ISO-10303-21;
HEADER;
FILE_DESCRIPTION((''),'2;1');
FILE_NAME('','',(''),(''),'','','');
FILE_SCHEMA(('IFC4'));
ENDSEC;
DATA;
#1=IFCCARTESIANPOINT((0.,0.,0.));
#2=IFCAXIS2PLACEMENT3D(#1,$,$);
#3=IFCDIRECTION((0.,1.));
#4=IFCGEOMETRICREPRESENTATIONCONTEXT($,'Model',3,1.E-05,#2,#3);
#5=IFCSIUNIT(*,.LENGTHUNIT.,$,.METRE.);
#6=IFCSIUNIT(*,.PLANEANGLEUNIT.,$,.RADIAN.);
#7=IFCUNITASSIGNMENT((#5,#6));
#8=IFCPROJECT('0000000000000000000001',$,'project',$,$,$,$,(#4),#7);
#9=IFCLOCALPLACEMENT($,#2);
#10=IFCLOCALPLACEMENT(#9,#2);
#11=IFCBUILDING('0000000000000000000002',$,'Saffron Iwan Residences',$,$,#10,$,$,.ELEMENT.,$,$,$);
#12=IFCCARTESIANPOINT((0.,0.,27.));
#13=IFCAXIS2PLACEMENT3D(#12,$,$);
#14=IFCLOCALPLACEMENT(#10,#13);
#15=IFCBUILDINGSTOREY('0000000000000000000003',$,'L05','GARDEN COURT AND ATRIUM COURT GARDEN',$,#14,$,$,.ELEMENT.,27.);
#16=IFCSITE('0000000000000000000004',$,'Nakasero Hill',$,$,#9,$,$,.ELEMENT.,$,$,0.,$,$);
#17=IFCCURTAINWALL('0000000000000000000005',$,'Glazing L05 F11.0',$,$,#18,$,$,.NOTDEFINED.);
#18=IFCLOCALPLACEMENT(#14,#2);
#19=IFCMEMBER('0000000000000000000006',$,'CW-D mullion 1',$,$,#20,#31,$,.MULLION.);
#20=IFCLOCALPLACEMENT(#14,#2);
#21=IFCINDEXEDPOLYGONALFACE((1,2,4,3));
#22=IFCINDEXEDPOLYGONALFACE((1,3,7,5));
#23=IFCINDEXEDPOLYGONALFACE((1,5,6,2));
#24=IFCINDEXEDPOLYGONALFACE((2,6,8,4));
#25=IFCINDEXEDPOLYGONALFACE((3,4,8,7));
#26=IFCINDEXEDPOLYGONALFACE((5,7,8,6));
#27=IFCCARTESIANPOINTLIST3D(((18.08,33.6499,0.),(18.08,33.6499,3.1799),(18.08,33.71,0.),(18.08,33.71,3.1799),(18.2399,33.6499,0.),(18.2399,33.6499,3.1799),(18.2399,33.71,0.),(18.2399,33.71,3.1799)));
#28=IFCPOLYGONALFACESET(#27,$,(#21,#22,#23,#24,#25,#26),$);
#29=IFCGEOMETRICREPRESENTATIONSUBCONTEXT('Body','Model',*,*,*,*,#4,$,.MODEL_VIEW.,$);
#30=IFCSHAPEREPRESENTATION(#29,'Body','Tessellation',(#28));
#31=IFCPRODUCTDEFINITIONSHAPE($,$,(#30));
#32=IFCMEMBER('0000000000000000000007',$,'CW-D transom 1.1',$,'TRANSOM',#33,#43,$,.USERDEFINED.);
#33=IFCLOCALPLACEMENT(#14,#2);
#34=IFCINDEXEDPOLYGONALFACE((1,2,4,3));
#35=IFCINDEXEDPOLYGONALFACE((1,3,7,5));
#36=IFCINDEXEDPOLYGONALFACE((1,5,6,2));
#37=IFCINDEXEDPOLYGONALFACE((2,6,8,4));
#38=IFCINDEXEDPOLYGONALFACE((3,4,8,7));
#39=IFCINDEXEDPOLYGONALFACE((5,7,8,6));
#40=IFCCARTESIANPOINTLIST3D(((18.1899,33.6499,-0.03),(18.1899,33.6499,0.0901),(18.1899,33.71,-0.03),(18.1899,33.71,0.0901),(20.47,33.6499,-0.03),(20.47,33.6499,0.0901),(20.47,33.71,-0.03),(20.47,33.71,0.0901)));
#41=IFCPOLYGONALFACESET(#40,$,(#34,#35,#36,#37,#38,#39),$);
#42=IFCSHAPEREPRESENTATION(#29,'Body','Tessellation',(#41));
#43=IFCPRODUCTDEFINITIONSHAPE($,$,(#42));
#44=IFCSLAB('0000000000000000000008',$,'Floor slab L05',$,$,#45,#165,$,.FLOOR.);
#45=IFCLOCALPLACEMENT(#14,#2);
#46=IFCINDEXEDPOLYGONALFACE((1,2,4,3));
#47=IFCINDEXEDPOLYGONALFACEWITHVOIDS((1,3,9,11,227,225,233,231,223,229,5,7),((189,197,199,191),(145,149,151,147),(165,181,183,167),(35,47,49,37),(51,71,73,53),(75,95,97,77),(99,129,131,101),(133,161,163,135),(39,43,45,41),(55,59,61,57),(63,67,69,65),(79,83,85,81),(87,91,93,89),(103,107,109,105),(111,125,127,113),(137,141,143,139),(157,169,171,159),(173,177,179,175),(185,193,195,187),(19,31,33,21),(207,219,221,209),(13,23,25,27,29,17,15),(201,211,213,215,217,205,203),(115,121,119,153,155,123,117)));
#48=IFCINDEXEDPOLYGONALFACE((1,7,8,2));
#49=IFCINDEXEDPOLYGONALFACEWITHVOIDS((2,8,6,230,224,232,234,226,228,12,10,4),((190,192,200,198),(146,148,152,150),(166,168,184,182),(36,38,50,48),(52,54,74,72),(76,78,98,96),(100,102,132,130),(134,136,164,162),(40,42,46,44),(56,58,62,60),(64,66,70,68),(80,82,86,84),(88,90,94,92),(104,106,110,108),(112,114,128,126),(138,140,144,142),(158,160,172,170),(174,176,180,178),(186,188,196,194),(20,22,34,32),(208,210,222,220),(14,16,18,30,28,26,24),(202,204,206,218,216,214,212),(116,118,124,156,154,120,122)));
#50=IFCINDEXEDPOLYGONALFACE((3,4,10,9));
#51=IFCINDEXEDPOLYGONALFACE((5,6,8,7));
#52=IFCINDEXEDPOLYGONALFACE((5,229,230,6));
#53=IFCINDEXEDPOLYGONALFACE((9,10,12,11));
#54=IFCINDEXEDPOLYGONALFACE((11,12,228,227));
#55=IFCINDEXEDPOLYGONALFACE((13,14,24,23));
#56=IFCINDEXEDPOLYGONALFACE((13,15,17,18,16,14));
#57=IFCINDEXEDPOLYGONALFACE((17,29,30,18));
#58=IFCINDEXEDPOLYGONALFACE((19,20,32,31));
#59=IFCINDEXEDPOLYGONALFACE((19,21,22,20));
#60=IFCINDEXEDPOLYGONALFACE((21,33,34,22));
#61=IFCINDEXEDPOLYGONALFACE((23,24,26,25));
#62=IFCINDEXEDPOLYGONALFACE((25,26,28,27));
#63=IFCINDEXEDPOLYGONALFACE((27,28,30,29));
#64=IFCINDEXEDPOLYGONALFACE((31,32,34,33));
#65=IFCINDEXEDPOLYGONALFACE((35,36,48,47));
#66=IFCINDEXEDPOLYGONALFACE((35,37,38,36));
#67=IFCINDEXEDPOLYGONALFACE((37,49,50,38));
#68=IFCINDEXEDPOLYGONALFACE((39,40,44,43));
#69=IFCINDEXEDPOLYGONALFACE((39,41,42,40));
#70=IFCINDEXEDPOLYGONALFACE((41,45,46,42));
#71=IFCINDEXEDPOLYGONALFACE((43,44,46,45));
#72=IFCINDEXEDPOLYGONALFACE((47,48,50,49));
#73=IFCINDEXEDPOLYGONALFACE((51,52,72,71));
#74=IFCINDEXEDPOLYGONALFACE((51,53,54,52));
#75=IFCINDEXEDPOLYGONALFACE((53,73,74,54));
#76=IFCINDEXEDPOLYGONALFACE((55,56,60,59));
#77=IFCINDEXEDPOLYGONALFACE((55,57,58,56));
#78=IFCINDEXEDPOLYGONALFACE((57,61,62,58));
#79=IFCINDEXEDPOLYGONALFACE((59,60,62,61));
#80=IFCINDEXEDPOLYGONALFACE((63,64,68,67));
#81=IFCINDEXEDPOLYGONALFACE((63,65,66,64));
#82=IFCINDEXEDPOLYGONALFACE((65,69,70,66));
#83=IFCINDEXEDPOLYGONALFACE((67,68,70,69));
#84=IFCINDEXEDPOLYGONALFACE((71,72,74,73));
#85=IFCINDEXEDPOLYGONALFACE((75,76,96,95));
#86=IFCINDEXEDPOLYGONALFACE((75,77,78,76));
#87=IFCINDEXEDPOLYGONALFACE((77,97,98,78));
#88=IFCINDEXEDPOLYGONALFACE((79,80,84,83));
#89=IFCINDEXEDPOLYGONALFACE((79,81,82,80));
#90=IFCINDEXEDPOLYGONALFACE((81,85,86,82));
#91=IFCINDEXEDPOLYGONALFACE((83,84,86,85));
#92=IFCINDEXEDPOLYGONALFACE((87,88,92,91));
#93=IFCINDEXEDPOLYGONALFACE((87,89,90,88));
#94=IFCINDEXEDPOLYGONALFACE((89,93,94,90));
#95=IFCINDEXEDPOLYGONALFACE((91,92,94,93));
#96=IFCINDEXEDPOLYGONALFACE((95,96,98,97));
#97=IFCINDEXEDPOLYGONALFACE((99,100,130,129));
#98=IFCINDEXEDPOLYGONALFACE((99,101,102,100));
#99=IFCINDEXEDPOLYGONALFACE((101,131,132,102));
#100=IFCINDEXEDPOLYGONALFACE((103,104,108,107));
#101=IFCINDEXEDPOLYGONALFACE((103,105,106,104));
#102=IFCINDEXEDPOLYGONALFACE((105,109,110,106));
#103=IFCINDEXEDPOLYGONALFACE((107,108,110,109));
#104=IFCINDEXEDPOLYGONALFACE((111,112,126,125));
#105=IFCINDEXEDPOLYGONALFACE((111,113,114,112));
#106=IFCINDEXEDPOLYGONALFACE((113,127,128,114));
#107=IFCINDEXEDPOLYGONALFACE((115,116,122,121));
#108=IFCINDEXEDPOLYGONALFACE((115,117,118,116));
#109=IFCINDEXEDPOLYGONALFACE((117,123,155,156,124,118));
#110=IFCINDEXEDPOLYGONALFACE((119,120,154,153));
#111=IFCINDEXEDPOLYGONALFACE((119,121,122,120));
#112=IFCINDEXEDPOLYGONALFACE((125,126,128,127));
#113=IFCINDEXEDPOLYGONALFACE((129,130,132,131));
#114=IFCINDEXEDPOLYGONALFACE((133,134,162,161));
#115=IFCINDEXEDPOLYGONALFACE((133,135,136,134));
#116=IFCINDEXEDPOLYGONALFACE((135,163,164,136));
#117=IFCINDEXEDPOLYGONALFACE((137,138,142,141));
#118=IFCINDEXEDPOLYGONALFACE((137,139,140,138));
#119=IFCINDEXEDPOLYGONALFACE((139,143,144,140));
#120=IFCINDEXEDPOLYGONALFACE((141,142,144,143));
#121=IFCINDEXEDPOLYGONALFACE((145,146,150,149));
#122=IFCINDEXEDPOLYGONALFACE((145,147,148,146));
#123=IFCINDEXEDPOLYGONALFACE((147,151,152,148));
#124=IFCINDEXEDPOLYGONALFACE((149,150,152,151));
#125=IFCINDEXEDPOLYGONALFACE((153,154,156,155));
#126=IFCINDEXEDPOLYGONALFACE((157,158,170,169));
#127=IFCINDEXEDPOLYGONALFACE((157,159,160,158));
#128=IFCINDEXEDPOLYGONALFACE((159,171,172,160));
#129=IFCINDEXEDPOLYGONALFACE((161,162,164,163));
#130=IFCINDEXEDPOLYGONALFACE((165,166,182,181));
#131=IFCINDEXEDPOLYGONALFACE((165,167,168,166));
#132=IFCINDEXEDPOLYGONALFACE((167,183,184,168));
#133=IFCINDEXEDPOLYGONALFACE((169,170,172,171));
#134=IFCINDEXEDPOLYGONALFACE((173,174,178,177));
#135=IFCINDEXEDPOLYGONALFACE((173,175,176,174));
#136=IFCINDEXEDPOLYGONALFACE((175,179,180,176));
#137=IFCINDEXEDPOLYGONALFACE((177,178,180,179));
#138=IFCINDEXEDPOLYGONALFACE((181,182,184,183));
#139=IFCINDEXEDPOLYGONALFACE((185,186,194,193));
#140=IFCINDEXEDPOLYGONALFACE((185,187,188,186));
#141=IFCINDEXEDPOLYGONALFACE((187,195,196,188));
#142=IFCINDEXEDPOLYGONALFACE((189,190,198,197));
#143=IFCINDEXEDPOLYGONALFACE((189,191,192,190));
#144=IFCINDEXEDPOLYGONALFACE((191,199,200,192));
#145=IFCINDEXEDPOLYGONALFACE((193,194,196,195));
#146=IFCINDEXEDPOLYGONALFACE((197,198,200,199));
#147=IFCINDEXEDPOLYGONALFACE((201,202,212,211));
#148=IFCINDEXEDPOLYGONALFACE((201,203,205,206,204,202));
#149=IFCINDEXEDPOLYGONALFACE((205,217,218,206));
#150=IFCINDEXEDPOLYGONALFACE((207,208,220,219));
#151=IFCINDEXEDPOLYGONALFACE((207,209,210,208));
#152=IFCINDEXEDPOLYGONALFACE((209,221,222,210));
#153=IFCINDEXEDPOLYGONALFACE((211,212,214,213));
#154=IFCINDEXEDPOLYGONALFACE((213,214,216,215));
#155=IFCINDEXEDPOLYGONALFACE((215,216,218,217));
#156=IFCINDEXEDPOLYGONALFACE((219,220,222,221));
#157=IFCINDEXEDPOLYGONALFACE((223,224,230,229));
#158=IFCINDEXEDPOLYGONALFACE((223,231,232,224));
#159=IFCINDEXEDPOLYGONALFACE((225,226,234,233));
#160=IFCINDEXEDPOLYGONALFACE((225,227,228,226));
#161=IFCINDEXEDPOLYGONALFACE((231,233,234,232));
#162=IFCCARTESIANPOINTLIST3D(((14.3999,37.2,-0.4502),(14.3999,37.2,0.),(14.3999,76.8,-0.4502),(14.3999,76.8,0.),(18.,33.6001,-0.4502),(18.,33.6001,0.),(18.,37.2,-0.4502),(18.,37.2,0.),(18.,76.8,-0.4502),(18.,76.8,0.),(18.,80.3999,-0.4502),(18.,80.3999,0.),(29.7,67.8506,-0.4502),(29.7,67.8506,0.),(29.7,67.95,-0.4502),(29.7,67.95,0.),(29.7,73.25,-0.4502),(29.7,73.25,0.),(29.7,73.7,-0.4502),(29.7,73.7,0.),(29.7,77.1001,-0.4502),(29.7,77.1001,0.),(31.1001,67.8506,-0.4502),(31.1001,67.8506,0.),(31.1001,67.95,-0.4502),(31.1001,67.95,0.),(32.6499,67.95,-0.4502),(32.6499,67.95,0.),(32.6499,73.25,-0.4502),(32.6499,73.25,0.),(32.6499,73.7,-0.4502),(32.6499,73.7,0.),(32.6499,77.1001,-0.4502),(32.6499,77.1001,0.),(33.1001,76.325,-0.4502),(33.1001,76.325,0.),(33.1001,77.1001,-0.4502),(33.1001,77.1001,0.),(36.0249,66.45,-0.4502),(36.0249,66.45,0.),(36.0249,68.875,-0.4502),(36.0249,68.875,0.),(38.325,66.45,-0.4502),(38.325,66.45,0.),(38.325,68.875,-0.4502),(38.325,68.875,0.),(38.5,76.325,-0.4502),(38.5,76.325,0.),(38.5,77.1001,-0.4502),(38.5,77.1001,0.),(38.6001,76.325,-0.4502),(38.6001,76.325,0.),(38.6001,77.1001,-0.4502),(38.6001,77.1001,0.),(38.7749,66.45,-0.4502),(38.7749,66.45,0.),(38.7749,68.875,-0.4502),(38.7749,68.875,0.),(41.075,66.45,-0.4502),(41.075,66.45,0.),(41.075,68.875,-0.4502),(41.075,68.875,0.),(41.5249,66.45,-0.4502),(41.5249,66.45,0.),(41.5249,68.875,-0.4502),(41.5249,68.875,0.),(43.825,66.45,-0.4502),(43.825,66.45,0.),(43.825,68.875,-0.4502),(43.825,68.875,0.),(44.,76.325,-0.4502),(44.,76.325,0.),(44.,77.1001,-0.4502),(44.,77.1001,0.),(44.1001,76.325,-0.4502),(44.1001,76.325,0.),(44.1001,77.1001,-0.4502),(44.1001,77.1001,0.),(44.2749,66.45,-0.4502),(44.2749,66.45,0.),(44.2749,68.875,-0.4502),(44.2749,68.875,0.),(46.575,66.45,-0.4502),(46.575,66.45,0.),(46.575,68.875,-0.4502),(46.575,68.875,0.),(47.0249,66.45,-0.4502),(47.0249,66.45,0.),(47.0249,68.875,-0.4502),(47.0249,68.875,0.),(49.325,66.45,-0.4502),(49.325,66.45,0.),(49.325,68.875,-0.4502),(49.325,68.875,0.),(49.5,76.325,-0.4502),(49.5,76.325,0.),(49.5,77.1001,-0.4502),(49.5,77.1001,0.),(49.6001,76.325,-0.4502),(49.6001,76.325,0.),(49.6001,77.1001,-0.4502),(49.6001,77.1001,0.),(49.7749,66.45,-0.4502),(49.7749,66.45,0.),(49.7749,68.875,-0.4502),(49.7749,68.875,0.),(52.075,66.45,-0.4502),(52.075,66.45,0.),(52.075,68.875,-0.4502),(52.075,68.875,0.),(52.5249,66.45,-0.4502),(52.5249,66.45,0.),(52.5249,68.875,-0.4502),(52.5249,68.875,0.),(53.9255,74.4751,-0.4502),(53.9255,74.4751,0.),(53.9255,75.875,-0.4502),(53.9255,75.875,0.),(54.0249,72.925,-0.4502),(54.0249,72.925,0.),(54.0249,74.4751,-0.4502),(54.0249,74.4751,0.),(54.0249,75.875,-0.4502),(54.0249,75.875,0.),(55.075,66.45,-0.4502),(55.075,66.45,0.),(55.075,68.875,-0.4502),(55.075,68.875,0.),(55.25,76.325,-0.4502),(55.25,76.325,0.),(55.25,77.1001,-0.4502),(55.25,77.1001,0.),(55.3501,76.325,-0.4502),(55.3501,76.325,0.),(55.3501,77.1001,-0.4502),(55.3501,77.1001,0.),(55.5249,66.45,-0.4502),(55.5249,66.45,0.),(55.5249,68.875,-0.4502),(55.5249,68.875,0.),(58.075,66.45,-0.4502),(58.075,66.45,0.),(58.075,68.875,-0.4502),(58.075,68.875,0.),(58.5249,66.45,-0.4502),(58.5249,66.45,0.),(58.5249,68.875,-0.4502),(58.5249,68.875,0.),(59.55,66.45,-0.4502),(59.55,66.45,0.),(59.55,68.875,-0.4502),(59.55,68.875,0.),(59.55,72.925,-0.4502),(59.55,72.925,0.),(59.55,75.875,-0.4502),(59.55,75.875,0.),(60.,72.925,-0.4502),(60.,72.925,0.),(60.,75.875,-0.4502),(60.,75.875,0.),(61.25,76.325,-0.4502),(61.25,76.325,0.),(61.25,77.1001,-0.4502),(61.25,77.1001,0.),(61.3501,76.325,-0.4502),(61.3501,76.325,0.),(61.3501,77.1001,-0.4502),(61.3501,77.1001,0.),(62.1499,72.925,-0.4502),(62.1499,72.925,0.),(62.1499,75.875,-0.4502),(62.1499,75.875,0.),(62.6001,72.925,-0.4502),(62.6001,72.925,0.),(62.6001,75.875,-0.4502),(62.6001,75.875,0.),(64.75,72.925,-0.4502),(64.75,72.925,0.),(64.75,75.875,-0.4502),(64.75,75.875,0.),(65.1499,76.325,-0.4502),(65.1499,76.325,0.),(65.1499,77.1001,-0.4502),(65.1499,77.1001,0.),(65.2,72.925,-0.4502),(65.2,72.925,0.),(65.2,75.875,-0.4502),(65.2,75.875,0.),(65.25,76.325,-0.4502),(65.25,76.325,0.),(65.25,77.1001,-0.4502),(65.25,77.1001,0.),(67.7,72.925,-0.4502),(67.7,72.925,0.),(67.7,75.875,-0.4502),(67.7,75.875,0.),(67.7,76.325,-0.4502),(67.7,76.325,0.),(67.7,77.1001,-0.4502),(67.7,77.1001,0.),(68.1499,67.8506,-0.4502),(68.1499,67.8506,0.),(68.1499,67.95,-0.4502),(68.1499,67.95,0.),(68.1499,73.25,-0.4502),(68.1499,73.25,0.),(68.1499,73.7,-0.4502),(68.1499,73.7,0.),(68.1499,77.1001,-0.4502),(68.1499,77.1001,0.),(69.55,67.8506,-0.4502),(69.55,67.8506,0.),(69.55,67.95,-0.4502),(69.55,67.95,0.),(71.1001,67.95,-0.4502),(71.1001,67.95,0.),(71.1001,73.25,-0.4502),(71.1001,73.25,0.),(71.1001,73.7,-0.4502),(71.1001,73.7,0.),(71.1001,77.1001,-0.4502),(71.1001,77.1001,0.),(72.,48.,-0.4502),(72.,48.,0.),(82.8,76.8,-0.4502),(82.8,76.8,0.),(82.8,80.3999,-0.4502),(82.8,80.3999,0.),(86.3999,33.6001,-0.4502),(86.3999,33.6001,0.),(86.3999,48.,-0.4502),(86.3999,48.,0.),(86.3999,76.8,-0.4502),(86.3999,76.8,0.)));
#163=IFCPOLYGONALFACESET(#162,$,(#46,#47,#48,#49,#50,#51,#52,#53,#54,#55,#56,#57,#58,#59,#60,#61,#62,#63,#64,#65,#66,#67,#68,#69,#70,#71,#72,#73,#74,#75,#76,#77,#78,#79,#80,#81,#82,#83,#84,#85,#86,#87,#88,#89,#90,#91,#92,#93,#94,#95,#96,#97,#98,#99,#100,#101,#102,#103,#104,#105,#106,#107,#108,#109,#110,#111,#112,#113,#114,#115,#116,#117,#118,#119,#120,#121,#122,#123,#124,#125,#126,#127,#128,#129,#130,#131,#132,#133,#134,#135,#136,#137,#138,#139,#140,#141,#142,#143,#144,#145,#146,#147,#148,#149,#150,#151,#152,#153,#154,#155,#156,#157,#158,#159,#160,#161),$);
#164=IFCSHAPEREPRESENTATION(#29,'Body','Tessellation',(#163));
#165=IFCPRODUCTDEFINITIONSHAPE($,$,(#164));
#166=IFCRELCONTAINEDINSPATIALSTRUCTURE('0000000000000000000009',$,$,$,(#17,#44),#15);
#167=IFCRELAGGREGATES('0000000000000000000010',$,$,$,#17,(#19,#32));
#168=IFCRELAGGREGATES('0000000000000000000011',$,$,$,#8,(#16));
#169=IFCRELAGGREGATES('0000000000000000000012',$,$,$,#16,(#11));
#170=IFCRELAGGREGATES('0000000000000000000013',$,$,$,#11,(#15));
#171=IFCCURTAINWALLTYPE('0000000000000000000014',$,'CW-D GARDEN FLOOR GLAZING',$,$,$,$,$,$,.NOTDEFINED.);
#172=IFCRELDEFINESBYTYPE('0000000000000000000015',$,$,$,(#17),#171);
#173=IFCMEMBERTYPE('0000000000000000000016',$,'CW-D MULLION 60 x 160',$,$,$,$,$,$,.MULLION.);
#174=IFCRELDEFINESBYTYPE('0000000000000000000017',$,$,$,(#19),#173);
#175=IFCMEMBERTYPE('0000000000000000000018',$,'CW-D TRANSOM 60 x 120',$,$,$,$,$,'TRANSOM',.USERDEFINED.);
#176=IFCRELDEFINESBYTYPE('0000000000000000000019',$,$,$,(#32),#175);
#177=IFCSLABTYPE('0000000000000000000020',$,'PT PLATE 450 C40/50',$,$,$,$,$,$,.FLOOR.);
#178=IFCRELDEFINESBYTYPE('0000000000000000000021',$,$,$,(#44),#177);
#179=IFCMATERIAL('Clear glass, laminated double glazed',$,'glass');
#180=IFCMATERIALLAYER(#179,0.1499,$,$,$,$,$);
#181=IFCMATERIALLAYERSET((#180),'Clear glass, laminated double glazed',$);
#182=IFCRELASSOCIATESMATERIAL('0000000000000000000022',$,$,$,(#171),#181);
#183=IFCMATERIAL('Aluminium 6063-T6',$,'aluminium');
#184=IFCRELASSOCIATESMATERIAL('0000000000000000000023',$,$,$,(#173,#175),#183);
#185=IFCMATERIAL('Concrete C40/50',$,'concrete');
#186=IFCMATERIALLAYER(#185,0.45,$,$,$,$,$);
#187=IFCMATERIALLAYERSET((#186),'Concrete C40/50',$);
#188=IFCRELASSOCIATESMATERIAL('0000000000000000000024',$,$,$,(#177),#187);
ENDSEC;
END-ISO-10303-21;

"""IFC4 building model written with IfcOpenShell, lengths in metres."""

from ifc_helpers import new_model, si_unit, direction, frame, origin, origin_2d, place, context, subcontext, project, spatial, polyline, rectangle, outline, extrude, source, transform, mapped, material, layer, layer_set, material_profile, profile_set, type_object, element, aggregate, save


model = new_model("IFC4")

# Units and contexts
model_context = context("Model", 3, precision=1e-05, world=origin(), true_north=direction((0.0, 1.0)))
body_context = subcontext(model_context, "Body", "Model", "MODEL_VIEW")
ifc_project = project(units=[si_unit("LENGTHUNIT", "METRE"), si_unit("PLANEANGLEUNIT", "RADIAN")], contexts=[model_context])

# Site, building, storey
site_placement = place(None, origin())
site = spatial("IfcSite", under=ifc_project, at=site_placement, Name="Nakasero Hill", CompositionType="ELEMENT", RefElevation=0.0)
building_placement = place(site_placement, origin())
building = spatial("IfcBuilding", under=site, at=building_placement, Name="Saffron Iwan Residences", CompositionType="ELEMENT")
storey_placement = place(building_placement, frame((0.0, 0.0, 27.0)))
storey = spatial("IfcBuildingStorey", under=building, at=storey_placement, Name="L05", Description="GARDEN COURT AND ATRIUM COURT GARDEN", CompositionType="ELEMENT", Elevation=27.0)

# Curtain wall, members
ifc_material_1 = material(Name="Clear glass, laminated double glazed", Category="glass")
ifc_layer_1 = layer(ifc_material_1, 0.1499)
ifc_layer_set_1 = layer_set([ifc_layer_1], Name="Clear glass, laminated double glazed")
curtain_wall_type = type_object("IfcCurtainWallType", Name="CW-D GARDEN FLOOR GLAZING", PredefinedType="NOTDEFINED", material=ifc_layer_set_1)
curtain_wall_placement = place(storey_placement, origin())
curtain_wall = element("IfcCurtainWall", 1, at=curtain_wall_placement, inside=storey, type_object=curtain_wall_type, Name="Glazing L05 F11.0", PredefinedType="NOTDEFINED")
ifc_material_2 = material(Name="Aluminium 6063-T6", Category="aluminium")
ifc_material_profile_1 = material_profile(ifc_material_2, rectangle(XDim=0.0601, YDim=0.1599, at=origin_2d()), Name="CW-D MULLION 60 x 160")
ifc_profile_set_1 = profile_set([ifc_material_profile_1], Name="Aluminium 6063-T6")
member_type_1 = type_object("IfcMemberType", Name="CW-D MULLION 60 x 160", PredefinedType="MULLION", material=ifc_profile_set_1)
shared_shape_1 = source(origin(), body_context, "Body", "SweptSolid", [
    extrude(rectangle(XDim=0.0601, YDim=0.1599, at=origin_2d()), origin(), (0.0, 0.0, 1.0), 3.1799),
])
member_1_placement = place(storey_placement, frame((18.1599, 33.6799, 0.0), z_axis=(0.0, 0.0, 1.0), x_axis=(0.0, 1.0, 0.0)))
member_1 = element("IfcMember", 2, at=member_1_placement, type_object=member_type_1, Name="CW-D mullion 1", PredefinedType="MULLION", context=body_context, shape_type="MappedRepresentation", body=[
    mapped(shared_shape_1, transform((0.0, 0.0, 0.0))),
])
ifc_material_profile_2 = material_profile(ifc_material_2, rectangle(XDim=0.0601, YDim=0.1201, at=origin_2d()), Name="CW-D TRANSOM 60 x 120")
ifc_profile_set_2 = profile_set([ifc_material_profile_2], Name="Aluminium 6063-T6")
member_type_2 = type_object("IfcMemberType", Name="CW-D TRANSOM 60 x 120", ElementType="TRANSOM", PredefinedType="USERDEFINED", material=ifc_profile_set_2)
shared_shape_2 = source(origin(), body_context, "Body", "SweptSolid", [
    extrude(rectangle(XDim=0.0601, YDim=0.1201, at=origin_2d()), origin(), (0.0, 0.0, 1.0), 2.28),
])
member_2_placement = place(storey_placement, frame((18.1899, 33.6799, 0.03), z_axis=(1.0, 0.0, 0.0), x_axis=(0.0, 1.0, 0.0)))
member_2 = element("IfcMember", 3, at=member_2_placement, type_object=member_type_2, Name="CW-D transom 1.1", ObjectType="TRANSOM", PredefinedType="USERDEFINED", context=body_context, shape_type="MappedRepresentation", body=[
    mapped(shared_shape_2, transform((0.0, 0.0, 0.0))),
])
aggregate(curtain_wall, [member_1, member_2])

# Slab
ifc_material_3 = material(Name="Concrete C40/50", Category="concrete")
ifc_layer_2 = layer(ifc_material_3, 0.45)
ifc_layer_set_2 = layer_set([ifc_layer_2], Name="Concrete C40/50")
slab_type_1 = type_object("IfcSlabType", Name="PT PLATE 450 C40/50", PredefinedType="FLOOR", material=ifc_layer_set_2)
slab_1_placement = place(storey_placement, frame((0.0, 0.0, -0.4502)))
element("IfcSlab", 4, at=slab_1_placement, inside=storey, type_object=slab_type_1, Name="Floor slab L05", PredefinedType="FLOOR", context=body_context, shape_type="SweptSolid", body=[
    extrude(outline(polyline([(18.0, 37.2), (14.3999, 37.2), (14.3999, 76.8), (18.0, 76.8), (18.0, 80.3999), (82.8, 80.3999), (82.8, 76.8), (86.3999, 76.8), (86.3999, 48.0), (72.0, 48.0), (86.3999, 33.6001), (18.0, 33.6001), (18.0, 37.2)]), holes=[polyline([(38.325, 66.45), (38.325, 68.875), (36.0249, 68.875), (36.0249, 66.45), (38.325, 66.45)]), polyline([(41.075, 66.45), (41.075, 68.875), (38.7749, 68.875), (38.7749, 66.45), (41.075, 66.45)]), polyline([(43.825, 68.875), (41.5249, 68.875), (41.5249, 66.45), (43.825, 66.45), (43.825, 68.875)]), polyline([(46.575, 66.45), (46.575, 68.875), (44.2749, 68.875), (44.2749, 66.45), (46.575, 66.45)]), polyline([(49.325, 66.45), (49.325, 68.875), (47.0249, 68.875), (47.0249, 66.45), (49.325, 66.45)]), polyline([(52.075, 68.875), (49.7749, 68.875), (49.7749, 66.45), (52.075, 66.45), (52.075, 68.875)]), polyline([(32.6499, 73.25), (29.7, 73.25), (29.7, 67.95), (29.7, 67.8506), (31.1001, 67.8506), (31.1001, 67.95), (32.6499, 67.95), (32.6499, 73.25)]), polyline([(32.6499, 73.7), (32.6499, 77.1001), (29.7, 77.1001), (29.7, 73.7), (32.6499, 73.7)]), polyline([(38.5, 76.325), (38.5, 77.1001), (33.1001, 77.1001), (33.1001, 76.325), (38.5, 76.325)]), polyline([(44.0, 76.325), (44.0, 77.1001), (38.6001, 77.1001), (38.6001, 76.325), (44.0, 76.325)]), polyline([(49.5, 76.325), (49.5, 77.1001), (44.1001, 77.1001), (44.1001, 76.325), (49.5, 76.325)]), polyline([(55.25, 76.325), (55.25, 77.1001), (49.6001, 77.1001), (49.6001, 76.325), (55.25, 76.325)]), polyline([(55.075, 66.45), (55.075, 68.875), (52.5249, 68.875), (52.5249, 66.45), (55.075, 66.45)]), polyline([(58.075, 66.45), (58.075, 68.875), (55.5249, 68.875), (55.5249, 66.45), (58.075, 66.45)]), polyline([(59.55, 68.875), (58.5249, 68.875), (58.5249, 66.45), (59.55, 66.45), (59.55, 68.875)]), polyline([(71.1001, 73.25), (68.1499, 73.25), (68.1499, 67.95), (68.1499, 67.8506), (69.55, 67.8506), (69.55, 67.95), (71.1001, 67.95), (71.1001, 73.25)]), polyline([(53.9255, 74.4751), (54.0249, 74.4751), (54.0249, 72.925), (59.55, 72.925), (59.55, 75.875), (54.0249, 75.875), (53.9255, 75.875), (53.9255, 74.4751)]), polyline([(62.1499, 75.875), (60.0, 75.875), (60.0, 72.925), (62.1499, 72.925), (62.1499, 75.875)]), polyline([(64.75, 72.925), (64.75, 75.875), (62.6001, 75.875), (62.6001, 72.925), (64.75, 72.925)]), polyline([(67.7, 72.925), (67.7, 75.875), (65.2, 75.875), (65.2, 72.925), (67.7, 72.925)]), polyline([(71.1001, 73.7), (71.1001, 77.1001), (68.1499, 77.1001), (68.1499, 73.7), (71.1001, 73.7)]), polyline([(61.25, 76.325), (61.25, 77.1001), (55.3501, 77.1001), (55.3501, 76.325), (61.25, 76.325)]), polyline([(65.1499, 76.325), (65.1499, 77.1001), (61.3501, 77.1001), (61.3501, 76.325), (65.1499, 76.325)]), polyline([(67.7, 76.325), (67.7, 77.1001), (65.25, 77.1001), (65.25, 76.325), (67.7, 76.325)])]), origin(), (0.0, 0.0, 1.0), 0.4502),
])

save(model, "model.ifc")
